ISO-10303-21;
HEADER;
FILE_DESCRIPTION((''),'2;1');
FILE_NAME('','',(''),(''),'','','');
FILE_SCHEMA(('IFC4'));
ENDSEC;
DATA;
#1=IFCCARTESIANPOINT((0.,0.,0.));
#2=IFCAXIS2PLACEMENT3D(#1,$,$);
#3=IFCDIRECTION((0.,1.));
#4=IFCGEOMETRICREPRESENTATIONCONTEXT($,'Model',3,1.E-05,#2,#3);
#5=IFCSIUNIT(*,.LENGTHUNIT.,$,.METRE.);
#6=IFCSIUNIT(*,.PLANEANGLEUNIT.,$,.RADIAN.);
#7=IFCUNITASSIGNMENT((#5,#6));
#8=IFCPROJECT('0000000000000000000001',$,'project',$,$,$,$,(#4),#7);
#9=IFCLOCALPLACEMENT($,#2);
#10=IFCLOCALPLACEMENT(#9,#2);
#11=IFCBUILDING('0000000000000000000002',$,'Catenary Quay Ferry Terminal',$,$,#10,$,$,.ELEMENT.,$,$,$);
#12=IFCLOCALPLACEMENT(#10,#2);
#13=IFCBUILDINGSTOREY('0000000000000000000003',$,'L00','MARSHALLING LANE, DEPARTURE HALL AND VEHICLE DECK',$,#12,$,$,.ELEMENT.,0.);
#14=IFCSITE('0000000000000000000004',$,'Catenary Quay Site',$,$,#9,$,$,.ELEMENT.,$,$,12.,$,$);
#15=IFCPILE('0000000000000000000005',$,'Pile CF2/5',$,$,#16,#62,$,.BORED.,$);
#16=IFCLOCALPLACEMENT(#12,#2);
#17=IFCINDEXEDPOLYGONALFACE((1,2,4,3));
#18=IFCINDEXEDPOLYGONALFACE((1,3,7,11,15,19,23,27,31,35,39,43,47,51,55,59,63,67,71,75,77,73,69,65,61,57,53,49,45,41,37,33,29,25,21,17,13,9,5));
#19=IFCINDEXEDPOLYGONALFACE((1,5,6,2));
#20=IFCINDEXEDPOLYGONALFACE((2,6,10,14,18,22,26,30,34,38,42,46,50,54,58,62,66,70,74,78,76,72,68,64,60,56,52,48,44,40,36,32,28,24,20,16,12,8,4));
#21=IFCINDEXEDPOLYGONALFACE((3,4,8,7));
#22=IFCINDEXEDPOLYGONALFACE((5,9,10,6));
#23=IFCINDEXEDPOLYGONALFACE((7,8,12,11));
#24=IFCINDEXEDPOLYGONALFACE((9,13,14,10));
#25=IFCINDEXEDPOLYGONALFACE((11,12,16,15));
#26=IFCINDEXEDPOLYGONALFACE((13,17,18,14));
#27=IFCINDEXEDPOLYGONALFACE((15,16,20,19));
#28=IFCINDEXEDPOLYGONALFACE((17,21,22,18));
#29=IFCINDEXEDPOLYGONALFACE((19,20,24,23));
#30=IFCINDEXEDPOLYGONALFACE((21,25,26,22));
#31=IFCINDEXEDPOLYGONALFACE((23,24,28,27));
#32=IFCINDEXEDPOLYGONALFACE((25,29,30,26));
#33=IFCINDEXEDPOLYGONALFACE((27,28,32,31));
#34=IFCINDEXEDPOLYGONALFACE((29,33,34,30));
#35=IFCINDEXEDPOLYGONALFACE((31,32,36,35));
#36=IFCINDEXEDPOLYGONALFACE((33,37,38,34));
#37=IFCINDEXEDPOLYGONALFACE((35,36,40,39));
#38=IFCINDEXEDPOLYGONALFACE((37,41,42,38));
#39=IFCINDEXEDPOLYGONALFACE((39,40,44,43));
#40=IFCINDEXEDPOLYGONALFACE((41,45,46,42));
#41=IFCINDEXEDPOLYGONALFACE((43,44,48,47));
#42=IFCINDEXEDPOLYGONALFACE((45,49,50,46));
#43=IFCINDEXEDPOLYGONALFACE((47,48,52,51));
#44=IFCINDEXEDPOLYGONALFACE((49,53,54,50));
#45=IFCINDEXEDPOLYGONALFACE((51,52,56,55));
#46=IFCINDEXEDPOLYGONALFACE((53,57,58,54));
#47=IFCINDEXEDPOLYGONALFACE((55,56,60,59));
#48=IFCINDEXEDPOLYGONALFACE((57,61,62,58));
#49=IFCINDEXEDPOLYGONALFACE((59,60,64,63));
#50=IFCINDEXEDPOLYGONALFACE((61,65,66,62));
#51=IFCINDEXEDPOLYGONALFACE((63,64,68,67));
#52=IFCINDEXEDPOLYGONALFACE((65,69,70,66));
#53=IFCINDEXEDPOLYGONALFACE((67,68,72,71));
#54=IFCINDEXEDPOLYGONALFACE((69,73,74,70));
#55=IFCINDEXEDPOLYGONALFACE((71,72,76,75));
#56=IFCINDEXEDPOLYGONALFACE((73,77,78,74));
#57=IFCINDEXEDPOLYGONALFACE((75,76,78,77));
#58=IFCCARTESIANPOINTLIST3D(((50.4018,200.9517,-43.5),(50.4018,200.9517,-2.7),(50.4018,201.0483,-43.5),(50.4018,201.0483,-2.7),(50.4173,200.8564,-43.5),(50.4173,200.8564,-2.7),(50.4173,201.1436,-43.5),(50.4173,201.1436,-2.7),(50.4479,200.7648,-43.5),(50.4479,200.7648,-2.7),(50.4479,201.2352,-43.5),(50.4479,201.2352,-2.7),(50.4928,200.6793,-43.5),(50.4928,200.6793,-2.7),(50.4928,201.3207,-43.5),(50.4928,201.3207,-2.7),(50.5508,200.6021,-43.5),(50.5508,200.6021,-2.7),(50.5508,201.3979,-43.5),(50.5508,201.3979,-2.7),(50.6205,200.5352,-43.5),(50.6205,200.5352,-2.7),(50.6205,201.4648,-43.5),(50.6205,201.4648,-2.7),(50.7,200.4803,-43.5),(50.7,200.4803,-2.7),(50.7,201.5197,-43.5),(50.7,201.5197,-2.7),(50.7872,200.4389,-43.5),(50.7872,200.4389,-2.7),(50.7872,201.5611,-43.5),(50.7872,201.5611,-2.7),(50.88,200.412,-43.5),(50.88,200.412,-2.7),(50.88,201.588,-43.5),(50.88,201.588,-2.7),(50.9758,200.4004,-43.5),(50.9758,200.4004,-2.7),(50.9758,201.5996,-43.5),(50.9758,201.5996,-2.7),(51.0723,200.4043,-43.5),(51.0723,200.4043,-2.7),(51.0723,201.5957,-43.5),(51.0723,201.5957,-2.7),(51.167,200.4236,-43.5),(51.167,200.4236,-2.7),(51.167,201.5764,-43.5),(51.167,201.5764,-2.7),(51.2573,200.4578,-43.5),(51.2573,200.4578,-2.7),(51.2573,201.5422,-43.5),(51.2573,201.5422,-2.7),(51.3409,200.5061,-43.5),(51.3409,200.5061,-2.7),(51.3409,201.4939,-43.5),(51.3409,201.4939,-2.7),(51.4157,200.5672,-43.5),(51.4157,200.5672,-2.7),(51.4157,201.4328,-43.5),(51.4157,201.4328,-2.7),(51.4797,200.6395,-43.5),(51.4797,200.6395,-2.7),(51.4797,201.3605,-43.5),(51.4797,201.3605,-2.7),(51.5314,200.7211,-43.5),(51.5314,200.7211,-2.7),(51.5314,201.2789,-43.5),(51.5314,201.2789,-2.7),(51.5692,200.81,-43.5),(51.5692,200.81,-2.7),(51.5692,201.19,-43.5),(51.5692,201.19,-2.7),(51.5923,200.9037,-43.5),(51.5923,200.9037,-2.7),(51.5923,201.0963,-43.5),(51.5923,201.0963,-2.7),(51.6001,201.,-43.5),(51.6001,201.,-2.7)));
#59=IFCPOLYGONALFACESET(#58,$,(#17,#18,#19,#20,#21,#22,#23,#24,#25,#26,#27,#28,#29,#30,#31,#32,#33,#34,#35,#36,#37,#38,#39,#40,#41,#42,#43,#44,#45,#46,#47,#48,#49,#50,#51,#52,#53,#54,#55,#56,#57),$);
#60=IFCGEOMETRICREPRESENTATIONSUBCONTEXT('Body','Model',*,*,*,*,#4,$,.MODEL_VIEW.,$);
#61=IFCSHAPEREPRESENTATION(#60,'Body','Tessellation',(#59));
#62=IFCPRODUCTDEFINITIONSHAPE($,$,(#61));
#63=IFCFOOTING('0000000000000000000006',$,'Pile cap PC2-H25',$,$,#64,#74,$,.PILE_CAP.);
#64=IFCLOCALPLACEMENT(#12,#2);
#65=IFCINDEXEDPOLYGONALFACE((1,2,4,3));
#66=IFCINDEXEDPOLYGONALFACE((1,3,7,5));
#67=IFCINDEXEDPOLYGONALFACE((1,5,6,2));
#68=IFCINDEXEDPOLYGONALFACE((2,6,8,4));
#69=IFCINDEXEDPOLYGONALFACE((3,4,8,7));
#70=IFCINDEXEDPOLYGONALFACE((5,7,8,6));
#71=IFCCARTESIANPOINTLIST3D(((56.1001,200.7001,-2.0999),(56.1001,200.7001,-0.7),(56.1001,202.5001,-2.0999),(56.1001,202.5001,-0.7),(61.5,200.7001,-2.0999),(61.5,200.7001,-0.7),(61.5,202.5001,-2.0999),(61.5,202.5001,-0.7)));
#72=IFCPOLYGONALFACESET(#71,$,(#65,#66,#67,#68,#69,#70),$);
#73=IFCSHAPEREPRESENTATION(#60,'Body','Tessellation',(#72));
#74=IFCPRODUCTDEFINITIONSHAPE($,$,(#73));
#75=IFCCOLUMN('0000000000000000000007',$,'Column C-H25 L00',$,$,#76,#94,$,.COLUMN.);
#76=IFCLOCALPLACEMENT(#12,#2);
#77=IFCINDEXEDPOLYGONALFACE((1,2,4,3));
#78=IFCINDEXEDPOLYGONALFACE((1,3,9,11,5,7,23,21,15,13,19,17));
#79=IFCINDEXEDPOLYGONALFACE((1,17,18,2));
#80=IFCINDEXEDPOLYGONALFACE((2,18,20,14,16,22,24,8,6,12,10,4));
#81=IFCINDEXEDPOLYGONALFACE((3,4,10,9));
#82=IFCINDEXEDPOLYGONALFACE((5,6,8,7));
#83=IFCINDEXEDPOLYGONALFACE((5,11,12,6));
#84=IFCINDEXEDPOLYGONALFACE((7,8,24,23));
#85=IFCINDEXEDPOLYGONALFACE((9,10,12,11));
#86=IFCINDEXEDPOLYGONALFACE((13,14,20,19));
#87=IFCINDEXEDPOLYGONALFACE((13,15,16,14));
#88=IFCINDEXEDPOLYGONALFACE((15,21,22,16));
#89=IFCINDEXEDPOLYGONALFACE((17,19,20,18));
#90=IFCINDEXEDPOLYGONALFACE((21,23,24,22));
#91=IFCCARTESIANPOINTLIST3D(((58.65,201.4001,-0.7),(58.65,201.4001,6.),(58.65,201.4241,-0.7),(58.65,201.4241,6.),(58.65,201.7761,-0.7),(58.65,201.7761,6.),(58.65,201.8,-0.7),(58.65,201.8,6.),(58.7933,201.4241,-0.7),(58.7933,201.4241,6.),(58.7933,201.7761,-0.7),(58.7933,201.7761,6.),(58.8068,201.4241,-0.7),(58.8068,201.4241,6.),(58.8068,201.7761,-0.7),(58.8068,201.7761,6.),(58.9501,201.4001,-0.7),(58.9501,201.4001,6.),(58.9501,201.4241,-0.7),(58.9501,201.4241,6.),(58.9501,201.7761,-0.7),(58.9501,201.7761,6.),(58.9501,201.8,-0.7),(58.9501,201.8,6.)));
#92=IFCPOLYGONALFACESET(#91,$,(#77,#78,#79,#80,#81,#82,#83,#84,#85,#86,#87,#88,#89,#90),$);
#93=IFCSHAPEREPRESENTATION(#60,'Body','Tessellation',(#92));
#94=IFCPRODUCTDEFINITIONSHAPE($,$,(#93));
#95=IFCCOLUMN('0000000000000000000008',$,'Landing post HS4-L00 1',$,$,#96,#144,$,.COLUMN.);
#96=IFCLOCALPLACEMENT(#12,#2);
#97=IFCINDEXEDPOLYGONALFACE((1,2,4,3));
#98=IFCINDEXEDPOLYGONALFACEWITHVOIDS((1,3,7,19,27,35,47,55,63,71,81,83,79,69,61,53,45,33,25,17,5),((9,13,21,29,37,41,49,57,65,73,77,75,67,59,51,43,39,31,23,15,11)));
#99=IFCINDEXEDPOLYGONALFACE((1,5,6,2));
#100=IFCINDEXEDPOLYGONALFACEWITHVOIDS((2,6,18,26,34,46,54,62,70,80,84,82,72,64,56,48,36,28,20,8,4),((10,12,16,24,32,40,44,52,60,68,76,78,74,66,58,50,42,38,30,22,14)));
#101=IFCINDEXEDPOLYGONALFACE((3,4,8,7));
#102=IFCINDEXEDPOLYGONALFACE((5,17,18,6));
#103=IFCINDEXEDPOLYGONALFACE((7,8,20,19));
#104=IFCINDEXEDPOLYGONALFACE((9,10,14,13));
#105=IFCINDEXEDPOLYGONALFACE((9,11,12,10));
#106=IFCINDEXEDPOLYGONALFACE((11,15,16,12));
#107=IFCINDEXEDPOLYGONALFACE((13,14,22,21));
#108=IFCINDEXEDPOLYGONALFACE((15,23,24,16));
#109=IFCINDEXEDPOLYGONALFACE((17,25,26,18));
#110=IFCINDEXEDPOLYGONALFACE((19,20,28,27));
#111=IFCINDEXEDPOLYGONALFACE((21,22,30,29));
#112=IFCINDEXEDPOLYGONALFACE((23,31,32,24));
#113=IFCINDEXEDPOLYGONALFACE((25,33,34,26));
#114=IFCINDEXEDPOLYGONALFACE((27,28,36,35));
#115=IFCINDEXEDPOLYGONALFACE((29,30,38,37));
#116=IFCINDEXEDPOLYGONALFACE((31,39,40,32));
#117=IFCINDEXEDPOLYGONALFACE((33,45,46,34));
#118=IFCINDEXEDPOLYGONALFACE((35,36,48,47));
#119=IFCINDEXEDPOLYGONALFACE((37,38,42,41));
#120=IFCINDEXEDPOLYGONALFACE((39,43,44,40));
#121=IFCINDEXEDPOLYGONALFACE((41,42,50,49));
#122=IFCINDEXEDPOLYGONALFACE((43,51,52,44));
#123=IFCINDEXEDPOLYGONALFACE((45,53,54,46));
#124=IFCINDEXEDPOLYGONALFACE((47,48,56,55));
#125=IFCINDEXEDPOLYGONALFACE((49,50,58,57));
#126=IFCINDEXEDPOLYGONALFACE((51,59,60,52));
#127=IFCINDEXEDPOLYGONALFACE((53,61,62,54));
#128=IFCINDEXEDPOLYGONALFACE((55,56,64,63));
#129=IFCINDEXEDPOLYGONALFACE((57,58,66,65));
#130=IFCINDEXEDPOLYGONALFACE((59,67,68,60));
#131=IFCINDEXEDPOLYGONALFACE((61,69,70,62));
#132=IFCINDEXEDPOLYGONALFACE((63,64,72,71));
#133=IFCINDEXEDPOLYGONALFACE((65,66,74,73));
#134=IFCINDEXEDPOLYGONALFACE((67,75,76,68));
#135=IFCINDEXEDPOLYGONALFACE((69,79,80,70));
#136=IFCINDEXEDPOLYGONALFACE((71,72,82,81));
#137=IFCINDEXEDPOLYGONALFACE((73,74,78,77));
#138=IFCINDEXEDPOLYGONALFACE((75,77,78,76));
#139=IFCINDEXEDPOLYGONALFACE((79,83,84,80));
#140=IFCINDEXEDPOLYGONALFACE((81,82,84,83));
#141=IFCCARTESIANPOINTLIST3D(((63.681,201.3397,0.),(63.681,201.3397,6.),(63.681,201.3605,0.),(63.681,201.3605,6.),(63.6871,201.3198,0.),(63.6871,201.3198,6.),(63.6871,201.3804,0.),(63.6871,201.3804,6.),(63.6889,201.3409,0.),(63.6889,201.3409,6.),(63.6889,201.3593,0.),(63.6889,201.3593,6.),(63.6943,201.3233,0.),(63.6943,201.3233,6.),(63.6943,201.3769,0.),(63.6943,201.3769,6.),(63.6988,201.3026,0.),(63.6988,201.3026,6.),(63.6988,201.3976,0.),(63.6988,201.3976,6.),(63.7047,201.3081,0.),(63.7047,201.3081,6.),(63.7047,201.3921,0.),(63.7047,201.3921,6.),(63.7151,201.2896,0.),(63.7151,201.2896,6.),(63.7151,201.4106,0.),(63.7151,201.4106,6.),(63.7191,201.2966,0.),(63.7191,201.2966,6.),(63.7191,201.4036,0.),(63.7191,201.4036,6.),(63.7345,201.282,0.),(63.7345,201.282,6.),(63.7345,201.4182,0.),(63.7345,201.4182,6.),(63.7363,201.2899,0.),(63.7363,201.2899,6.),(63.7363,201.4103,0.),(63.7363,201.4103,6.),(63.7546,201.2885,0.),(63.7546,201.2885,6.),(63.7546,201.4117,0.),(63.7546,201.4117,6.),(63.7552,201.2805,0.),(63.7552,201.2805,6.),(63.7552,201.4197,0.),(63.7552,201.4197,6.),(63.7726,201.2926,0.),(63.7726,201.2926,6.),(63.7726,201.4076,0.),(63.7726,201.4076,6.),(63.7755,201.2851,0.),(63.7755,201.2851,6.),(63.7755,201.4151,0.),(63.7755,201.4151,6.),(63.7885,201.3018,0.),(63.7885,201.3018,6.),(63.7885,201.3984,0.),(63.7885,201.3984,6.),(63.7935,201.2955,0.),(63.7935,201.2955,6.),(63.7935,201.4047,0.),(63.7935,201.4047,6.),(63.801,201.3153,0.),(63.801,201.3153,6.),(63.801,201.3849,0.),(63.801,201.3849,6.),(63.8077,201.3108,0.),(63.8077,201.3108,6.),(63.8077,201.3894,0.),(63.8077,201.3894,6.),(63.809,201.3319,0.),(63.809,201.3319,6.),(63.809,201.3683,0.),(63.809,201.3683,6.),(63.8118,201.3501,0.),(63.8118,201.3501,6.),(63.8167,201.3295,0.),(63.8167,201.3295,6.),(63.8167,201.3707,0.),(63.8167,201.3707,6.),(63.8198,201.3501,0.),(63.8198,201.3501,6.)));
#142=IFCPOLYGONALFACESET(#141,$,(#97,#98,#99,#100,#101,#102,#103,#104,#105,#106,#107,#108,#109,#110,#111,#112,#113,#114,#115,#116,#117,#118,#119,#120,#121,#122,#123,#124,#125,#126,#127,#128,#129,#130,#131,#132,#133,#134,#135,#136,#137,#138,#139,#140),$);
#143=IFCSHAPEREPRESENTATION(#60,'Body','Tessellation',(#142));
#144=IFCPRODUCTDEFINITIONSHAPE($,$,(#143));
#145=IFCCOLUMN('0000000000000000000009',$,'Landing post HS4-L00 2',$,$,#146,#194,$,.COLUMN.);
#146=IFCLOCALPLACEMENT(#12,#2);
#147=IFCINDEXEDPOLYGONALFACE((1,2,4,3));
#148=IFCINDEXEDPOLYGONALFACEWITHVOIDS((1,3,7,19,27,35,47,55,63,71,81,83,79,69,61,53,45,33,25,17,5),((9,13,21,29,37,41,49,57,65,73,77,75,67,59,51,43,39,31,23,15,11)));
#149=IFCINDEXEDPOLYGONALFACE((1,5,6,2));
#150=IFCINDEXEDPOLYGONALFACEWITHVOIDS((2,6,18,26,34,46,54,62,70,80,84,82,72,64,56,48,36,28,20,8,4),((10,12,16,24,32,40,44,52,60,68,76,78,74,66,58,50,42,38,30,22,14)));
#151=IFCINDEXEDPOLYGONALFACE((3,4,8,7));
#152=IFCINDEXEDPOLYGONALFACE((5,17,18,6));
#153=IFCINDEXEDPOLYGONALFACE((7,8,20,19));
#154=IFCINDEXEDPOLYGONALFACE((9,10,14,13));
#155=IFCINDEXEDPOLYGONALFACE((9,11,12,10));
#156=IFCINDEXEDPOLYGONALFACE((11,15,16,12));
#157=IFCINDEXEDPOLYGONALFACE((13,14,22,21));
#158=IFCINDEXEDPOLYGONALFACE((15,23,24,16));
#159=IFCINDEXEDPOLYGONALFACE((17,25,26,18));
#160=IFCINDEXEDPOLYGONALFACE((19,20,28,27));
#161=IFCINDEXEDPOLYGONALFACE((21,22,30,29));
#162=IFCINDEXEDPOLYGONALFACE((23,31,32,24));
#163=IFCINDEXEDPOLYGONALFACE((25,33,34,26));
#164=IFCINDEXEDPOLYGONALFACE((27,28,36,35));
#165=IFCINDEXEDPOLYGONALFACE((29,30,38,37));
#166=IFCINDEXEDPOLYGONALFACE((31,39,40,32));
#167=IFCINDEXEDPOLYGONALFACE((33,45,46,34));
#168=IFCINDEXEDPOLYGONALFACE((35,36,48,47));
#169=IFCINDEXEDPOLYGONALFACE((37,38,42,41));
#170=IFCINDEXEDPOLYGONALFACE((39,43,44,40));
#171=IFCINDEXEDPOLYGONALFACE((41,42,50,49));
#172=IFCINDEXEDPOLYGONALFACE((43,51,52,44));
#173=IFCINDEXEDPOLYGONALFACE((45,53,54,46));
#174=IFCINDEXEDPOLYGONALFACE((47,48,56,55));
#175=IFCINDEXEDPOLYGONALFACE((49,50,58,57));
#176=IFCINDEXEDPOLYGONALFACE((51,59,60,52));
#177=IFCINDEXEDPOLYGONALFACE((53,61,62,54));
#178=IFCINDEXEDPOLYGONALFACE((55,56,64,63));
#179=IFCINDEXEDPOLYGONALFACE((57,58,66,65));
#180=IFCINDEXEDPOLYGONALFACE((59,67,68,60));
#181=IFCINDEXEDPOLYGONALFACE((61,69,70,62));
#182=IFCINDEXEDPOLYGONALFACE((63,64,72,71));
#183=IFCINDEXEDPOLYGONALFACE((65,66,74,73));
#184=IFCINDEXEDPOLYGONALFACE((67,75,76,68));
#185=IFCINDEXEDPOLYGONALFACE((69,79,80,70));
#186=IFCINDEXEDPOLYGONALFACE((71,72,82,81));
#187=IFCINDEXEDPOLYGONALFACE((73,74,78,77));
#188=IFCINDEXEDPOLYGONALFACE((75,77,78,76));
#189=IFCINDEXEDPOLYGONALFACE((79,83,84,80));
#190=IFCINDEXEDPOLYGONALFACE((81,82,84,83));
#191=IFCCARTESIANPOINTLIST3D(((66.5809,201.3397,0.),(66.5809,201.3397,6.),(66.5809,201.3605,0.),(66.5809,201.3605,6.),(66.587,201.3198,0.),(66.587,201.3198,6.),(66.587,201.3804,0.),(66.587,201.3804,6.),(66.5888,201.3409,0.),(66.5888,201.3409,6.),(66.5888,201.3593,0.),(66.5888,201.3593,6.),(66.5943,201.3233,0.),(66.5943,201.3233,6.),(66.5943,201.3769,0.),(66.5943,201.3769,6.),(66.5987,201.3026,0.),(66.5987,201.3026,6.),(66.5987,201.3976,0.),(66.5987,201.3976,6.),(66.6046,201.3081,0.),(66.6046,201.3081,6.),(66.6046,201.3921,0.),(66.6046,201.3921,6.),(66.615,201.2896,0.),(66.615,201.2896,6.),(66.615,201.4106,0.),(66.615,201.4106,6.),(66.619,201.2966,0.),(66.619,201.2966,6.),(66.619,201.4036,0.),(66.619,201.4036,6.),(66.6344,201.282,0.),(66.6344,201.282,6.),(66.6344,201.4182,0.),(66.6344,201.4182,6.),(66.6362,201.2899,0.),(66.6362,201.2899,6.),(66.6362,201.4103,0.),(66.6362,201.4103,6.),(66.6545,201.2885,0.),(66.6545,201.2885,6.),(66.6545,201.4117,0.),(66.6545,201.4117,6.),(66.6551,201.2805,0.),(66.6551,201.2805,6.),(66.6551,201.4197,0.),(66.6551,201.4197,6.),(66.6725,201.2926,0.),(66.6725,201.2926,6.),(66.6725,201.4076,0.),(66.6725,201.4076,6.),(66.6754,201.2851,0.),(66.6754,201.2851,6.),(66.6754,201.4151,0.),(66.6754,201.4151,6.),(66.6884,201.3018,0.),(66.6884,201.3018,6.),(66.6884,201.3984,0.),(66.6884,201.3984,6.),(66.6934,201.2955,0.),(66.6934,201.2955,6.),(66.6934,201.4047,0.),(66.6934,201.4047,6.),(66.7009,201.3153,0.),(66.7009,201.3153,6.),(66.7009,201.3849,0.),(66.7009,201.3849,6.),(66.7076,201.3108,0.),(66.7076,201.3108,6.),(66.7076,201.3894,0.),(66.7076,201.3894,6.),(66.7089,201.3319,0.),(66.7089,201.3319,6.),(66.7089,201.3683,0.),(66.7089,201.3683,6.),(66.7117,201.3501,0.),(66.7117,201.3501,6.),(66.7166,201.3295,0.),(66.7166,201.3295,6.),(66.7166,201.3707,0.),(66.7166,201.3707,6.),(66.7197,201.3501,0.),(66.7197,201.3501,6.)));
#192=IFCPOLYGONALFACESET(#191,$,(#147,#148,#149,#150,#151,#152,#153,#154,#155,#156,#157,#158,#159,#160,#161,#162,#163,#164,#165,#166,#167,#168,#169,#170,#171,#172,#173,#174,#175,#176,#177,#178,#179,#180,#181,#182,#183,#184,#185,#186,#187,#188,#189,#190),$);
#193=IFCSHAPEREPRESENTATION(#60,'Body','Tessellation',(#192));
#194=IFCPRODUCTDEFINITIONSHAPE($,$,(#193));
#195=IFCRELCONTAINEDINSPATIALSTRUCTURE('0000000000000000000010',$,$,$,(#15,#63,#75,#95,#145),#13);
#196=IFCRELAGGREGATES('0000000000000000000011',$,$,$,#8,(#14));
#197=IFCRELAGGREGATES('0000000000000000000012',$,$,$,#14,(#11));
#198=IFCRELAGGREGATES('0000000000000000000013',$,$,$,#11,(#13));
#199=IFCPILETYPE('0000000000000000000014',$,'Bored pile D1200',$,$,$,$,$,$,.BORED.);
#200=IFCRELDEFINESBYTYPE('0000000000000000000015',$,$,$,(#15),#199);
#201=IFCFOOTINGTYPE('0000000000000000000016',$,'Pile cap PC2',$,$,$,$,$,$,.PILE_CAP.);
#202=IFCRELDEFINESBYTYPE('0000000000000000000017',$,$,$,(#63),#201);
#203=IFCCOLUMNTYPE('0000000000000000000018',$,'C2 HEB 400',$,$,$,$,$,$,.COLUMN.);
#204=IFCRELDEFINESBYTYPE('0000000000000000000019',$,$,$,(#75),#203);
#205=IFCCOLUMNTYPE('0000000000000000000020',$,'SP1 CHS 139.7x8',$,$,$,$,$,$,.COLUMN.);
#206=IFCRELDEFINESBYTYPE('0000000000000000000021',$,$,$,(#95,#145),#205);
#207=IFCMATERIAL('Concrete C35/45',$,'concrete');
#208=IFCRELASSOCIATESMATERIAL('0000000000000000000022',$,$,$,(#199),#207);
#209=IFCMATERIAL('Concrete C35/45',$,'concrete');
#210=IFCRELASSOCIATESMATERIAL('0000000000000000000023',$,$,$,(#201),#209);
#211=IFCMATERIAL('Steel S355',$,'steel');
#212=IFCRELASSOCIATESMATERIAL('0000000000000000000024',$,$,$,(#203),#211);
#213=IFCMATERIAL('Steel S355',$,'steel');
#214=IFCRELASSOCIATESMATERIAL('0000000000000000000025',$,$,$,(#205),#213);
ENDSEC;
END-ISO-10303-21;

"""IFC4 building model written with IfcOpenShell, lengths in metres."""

from ifc_helpers import new_model, si_unit, direction, frame, origin, origin_2d, place, context, subcontext, project, spatial, rectangle, circle, hollow_circle, i_section, extrude, material, material_profile, profile_set, type_object, element, save


model = new_model("IFC4")

# Units and contexts
model_context = context("Model", 3, precision=1e-05, world=origin(), true_north=direction((0.0, 1.0)))
body_context = subcontext(model_context, "Body", "Model", "MODEL_VIEW")
ifc_project = project(units=[si_unit("LENGTHUNIT", "METRE"), si_unit("PLANEANGLEUNIT", "RADIAN")], contexts=[model_context])

# Site, building, storey
site_placement = place(None, origin())
site = spatial("IfcSite", under=ifc_project, at=site_placement, Name="Catenary Quay Site", CompositionType="ELEMENT", RefElevation=12.0)
building_placement = place(site_placement, origin())
building = spatial("IfcBuilding", under=site, at=building_placement, Name="Catenary Quay Ferry Terminal", CompositionType="ELEMENT")
storey_placement = place(building_placement, origin())
storey = spatial("IfcBuildingStorey", under=building, at=storey_placement, Name="L00", Description="MARSHALLING LANE, DEPARTURE HALL AND VEHICLE DECK", CompositionType="ELEMENT", Elevation=0.0)

# Pile
ifc_material_1 = material(Name="Concrete C35/45", Category="concrete")
ifc_material_profile_1 = material_profile(ifc_material_1, circle(Radius=0.6001, at=origin_2d()), Name="D1200")
ifc_profile_set_1 = profile_set([ifc_material_profile_1], Name="Concrete C35/45")
pile_type = type_object("IfcPileType", Name="Bored pile D1200", PredefinedType="BORED", material=ifc_profile_set_1)
for number, where, z_axis, x_axis, name in (
    (1, (51.0, 201.0, -2.7), (0.0, 0.0, -1.0), (1.0, 0.0, 0.0), "Pile CF2/5"),
):
    element("IfcPile", number, at=place(storey_placement, frame(where, z_axis=z_axis, x_axis=x_axis)), inside=storey, type_object=pile_type, Name=name, PredefinedType="BORED", context=body_context, shape_type="SweptSolid", body=[
        extrude(circle(Radius=0.6001, at=origin_2d()), origin(), (0.0, 0.0, 1.0), 40.8),
    ])

# Footing
ifc_material_2 = material(Name="Concrete C35/45", Category="concrete")
footing_type = type_object("IfcFootingType", Name="Pile cap PC2", PredefinedType="PILE_CAP", material=ifc_material_2)
footing_placement = place(storey_placement, frame((58.8, 201.6001, -2.0999), z_axis=(0.0, 0.0, 1.0), x_axis=(1.0, 0.0, 0.0)))
element("IfcFooting", 2, at=footing_placement, inside=storey, type_object=footing_type, Name="Pile cap PC2-H25", PredefinedType="PILE_CAP", context=body_context, shape_type="SweptSolid", body=[
    extrude(rectangle(XDim=5.3999, YDim=1.8, at=origin_2d()), origin(), (0.0, 0.0, 1.0), 1.3999),
])

# Columns
ifc_material_3 = material(Name="Steel S355", Category="steel")
ifc_material_profile_2 = material_profile(ifc_material_3, i_section(OverallWidth=0.3, OverallDepth=0.3999, WebThickness=0.0134, FlangeThickness=0.0239, at=origin_2d()), Name="HEB 400")
ifc_profile_set_2 = profile_set([ifc_material_profile_2], Name="Steel S355")
column_type_1 = type_object("IfcColumnType", Name="C2 HEB 400", PredefinedType="COLUMN", material=ifc_profile_set_2)
column_placement = place(storey_placement, frame((58.8, 201.6001, -0.7), z_axis=(0.0, 0.0, 1.0), x_axis=(1.0, 0.0, 0.0)))
element("IfcColumn", 3, at=column_placement, inside=storey, type_object=column_type_1, Name="Column C-H25 L00", PredefinedType="COLUMN", context=body_context, shape_type="SweptSolid", body=[
    extrude(i_section(OverallWidth=0.3, OverallDepth=0.3999, WebThickness=0.0134, FlangeThickness=0.0239, at=origin_2d()), origin(), (0.0, 0.0, 1.0), 6.7),
])
ifc_material_4 = material(Name="Steel S355", Category="steel")
ifc_material_profile_3 = material_profile(ifc_material_4, hollow_circle(Radius=0.0698, WallThickness=0.0081, at=origin_2d()), Name="CHS 139.7x8")
ifc_profile_set_3 = profile_set([ifc_material_profile_3], Name="Steel S355")
column_type_2 = type_object("IfcColumnType", Name="SP1 CHS 139.7x8", PredefinedType="COLUMN", material=ifc_profile_set_3)
for number, where, z_axis, x_axis, name in (
    (4, (63.75, 201.3501, 0.0), (0.0, 0.0, 1.0), (1.0, 0.0, 0.0), "Landing post HS4-L00 1"),
    (5, (66.6499, 201.3501, 0.0), (0.0, 0.0, 1.0), (1.0, 0.0, 0.0), "Landing post HS4-L00 2"),
):
    element("IfcColumn", number, at=place(storey_placement, frame(where, z_axis=z_axis, x_axis=x_axis)), inside=storey, type_object=column_type_2, Name=name, PredefinedType="COLUMN", context=body_context, shape_type="SweptSolid", body=[
        extrude(hollow_circle(Radius=0.0698, WallThickness=0.0081, at=origin_2d()), origin(), (0.0, 0.0, 1.0), 6.0),
    ])

save(model, "model.ifc")
